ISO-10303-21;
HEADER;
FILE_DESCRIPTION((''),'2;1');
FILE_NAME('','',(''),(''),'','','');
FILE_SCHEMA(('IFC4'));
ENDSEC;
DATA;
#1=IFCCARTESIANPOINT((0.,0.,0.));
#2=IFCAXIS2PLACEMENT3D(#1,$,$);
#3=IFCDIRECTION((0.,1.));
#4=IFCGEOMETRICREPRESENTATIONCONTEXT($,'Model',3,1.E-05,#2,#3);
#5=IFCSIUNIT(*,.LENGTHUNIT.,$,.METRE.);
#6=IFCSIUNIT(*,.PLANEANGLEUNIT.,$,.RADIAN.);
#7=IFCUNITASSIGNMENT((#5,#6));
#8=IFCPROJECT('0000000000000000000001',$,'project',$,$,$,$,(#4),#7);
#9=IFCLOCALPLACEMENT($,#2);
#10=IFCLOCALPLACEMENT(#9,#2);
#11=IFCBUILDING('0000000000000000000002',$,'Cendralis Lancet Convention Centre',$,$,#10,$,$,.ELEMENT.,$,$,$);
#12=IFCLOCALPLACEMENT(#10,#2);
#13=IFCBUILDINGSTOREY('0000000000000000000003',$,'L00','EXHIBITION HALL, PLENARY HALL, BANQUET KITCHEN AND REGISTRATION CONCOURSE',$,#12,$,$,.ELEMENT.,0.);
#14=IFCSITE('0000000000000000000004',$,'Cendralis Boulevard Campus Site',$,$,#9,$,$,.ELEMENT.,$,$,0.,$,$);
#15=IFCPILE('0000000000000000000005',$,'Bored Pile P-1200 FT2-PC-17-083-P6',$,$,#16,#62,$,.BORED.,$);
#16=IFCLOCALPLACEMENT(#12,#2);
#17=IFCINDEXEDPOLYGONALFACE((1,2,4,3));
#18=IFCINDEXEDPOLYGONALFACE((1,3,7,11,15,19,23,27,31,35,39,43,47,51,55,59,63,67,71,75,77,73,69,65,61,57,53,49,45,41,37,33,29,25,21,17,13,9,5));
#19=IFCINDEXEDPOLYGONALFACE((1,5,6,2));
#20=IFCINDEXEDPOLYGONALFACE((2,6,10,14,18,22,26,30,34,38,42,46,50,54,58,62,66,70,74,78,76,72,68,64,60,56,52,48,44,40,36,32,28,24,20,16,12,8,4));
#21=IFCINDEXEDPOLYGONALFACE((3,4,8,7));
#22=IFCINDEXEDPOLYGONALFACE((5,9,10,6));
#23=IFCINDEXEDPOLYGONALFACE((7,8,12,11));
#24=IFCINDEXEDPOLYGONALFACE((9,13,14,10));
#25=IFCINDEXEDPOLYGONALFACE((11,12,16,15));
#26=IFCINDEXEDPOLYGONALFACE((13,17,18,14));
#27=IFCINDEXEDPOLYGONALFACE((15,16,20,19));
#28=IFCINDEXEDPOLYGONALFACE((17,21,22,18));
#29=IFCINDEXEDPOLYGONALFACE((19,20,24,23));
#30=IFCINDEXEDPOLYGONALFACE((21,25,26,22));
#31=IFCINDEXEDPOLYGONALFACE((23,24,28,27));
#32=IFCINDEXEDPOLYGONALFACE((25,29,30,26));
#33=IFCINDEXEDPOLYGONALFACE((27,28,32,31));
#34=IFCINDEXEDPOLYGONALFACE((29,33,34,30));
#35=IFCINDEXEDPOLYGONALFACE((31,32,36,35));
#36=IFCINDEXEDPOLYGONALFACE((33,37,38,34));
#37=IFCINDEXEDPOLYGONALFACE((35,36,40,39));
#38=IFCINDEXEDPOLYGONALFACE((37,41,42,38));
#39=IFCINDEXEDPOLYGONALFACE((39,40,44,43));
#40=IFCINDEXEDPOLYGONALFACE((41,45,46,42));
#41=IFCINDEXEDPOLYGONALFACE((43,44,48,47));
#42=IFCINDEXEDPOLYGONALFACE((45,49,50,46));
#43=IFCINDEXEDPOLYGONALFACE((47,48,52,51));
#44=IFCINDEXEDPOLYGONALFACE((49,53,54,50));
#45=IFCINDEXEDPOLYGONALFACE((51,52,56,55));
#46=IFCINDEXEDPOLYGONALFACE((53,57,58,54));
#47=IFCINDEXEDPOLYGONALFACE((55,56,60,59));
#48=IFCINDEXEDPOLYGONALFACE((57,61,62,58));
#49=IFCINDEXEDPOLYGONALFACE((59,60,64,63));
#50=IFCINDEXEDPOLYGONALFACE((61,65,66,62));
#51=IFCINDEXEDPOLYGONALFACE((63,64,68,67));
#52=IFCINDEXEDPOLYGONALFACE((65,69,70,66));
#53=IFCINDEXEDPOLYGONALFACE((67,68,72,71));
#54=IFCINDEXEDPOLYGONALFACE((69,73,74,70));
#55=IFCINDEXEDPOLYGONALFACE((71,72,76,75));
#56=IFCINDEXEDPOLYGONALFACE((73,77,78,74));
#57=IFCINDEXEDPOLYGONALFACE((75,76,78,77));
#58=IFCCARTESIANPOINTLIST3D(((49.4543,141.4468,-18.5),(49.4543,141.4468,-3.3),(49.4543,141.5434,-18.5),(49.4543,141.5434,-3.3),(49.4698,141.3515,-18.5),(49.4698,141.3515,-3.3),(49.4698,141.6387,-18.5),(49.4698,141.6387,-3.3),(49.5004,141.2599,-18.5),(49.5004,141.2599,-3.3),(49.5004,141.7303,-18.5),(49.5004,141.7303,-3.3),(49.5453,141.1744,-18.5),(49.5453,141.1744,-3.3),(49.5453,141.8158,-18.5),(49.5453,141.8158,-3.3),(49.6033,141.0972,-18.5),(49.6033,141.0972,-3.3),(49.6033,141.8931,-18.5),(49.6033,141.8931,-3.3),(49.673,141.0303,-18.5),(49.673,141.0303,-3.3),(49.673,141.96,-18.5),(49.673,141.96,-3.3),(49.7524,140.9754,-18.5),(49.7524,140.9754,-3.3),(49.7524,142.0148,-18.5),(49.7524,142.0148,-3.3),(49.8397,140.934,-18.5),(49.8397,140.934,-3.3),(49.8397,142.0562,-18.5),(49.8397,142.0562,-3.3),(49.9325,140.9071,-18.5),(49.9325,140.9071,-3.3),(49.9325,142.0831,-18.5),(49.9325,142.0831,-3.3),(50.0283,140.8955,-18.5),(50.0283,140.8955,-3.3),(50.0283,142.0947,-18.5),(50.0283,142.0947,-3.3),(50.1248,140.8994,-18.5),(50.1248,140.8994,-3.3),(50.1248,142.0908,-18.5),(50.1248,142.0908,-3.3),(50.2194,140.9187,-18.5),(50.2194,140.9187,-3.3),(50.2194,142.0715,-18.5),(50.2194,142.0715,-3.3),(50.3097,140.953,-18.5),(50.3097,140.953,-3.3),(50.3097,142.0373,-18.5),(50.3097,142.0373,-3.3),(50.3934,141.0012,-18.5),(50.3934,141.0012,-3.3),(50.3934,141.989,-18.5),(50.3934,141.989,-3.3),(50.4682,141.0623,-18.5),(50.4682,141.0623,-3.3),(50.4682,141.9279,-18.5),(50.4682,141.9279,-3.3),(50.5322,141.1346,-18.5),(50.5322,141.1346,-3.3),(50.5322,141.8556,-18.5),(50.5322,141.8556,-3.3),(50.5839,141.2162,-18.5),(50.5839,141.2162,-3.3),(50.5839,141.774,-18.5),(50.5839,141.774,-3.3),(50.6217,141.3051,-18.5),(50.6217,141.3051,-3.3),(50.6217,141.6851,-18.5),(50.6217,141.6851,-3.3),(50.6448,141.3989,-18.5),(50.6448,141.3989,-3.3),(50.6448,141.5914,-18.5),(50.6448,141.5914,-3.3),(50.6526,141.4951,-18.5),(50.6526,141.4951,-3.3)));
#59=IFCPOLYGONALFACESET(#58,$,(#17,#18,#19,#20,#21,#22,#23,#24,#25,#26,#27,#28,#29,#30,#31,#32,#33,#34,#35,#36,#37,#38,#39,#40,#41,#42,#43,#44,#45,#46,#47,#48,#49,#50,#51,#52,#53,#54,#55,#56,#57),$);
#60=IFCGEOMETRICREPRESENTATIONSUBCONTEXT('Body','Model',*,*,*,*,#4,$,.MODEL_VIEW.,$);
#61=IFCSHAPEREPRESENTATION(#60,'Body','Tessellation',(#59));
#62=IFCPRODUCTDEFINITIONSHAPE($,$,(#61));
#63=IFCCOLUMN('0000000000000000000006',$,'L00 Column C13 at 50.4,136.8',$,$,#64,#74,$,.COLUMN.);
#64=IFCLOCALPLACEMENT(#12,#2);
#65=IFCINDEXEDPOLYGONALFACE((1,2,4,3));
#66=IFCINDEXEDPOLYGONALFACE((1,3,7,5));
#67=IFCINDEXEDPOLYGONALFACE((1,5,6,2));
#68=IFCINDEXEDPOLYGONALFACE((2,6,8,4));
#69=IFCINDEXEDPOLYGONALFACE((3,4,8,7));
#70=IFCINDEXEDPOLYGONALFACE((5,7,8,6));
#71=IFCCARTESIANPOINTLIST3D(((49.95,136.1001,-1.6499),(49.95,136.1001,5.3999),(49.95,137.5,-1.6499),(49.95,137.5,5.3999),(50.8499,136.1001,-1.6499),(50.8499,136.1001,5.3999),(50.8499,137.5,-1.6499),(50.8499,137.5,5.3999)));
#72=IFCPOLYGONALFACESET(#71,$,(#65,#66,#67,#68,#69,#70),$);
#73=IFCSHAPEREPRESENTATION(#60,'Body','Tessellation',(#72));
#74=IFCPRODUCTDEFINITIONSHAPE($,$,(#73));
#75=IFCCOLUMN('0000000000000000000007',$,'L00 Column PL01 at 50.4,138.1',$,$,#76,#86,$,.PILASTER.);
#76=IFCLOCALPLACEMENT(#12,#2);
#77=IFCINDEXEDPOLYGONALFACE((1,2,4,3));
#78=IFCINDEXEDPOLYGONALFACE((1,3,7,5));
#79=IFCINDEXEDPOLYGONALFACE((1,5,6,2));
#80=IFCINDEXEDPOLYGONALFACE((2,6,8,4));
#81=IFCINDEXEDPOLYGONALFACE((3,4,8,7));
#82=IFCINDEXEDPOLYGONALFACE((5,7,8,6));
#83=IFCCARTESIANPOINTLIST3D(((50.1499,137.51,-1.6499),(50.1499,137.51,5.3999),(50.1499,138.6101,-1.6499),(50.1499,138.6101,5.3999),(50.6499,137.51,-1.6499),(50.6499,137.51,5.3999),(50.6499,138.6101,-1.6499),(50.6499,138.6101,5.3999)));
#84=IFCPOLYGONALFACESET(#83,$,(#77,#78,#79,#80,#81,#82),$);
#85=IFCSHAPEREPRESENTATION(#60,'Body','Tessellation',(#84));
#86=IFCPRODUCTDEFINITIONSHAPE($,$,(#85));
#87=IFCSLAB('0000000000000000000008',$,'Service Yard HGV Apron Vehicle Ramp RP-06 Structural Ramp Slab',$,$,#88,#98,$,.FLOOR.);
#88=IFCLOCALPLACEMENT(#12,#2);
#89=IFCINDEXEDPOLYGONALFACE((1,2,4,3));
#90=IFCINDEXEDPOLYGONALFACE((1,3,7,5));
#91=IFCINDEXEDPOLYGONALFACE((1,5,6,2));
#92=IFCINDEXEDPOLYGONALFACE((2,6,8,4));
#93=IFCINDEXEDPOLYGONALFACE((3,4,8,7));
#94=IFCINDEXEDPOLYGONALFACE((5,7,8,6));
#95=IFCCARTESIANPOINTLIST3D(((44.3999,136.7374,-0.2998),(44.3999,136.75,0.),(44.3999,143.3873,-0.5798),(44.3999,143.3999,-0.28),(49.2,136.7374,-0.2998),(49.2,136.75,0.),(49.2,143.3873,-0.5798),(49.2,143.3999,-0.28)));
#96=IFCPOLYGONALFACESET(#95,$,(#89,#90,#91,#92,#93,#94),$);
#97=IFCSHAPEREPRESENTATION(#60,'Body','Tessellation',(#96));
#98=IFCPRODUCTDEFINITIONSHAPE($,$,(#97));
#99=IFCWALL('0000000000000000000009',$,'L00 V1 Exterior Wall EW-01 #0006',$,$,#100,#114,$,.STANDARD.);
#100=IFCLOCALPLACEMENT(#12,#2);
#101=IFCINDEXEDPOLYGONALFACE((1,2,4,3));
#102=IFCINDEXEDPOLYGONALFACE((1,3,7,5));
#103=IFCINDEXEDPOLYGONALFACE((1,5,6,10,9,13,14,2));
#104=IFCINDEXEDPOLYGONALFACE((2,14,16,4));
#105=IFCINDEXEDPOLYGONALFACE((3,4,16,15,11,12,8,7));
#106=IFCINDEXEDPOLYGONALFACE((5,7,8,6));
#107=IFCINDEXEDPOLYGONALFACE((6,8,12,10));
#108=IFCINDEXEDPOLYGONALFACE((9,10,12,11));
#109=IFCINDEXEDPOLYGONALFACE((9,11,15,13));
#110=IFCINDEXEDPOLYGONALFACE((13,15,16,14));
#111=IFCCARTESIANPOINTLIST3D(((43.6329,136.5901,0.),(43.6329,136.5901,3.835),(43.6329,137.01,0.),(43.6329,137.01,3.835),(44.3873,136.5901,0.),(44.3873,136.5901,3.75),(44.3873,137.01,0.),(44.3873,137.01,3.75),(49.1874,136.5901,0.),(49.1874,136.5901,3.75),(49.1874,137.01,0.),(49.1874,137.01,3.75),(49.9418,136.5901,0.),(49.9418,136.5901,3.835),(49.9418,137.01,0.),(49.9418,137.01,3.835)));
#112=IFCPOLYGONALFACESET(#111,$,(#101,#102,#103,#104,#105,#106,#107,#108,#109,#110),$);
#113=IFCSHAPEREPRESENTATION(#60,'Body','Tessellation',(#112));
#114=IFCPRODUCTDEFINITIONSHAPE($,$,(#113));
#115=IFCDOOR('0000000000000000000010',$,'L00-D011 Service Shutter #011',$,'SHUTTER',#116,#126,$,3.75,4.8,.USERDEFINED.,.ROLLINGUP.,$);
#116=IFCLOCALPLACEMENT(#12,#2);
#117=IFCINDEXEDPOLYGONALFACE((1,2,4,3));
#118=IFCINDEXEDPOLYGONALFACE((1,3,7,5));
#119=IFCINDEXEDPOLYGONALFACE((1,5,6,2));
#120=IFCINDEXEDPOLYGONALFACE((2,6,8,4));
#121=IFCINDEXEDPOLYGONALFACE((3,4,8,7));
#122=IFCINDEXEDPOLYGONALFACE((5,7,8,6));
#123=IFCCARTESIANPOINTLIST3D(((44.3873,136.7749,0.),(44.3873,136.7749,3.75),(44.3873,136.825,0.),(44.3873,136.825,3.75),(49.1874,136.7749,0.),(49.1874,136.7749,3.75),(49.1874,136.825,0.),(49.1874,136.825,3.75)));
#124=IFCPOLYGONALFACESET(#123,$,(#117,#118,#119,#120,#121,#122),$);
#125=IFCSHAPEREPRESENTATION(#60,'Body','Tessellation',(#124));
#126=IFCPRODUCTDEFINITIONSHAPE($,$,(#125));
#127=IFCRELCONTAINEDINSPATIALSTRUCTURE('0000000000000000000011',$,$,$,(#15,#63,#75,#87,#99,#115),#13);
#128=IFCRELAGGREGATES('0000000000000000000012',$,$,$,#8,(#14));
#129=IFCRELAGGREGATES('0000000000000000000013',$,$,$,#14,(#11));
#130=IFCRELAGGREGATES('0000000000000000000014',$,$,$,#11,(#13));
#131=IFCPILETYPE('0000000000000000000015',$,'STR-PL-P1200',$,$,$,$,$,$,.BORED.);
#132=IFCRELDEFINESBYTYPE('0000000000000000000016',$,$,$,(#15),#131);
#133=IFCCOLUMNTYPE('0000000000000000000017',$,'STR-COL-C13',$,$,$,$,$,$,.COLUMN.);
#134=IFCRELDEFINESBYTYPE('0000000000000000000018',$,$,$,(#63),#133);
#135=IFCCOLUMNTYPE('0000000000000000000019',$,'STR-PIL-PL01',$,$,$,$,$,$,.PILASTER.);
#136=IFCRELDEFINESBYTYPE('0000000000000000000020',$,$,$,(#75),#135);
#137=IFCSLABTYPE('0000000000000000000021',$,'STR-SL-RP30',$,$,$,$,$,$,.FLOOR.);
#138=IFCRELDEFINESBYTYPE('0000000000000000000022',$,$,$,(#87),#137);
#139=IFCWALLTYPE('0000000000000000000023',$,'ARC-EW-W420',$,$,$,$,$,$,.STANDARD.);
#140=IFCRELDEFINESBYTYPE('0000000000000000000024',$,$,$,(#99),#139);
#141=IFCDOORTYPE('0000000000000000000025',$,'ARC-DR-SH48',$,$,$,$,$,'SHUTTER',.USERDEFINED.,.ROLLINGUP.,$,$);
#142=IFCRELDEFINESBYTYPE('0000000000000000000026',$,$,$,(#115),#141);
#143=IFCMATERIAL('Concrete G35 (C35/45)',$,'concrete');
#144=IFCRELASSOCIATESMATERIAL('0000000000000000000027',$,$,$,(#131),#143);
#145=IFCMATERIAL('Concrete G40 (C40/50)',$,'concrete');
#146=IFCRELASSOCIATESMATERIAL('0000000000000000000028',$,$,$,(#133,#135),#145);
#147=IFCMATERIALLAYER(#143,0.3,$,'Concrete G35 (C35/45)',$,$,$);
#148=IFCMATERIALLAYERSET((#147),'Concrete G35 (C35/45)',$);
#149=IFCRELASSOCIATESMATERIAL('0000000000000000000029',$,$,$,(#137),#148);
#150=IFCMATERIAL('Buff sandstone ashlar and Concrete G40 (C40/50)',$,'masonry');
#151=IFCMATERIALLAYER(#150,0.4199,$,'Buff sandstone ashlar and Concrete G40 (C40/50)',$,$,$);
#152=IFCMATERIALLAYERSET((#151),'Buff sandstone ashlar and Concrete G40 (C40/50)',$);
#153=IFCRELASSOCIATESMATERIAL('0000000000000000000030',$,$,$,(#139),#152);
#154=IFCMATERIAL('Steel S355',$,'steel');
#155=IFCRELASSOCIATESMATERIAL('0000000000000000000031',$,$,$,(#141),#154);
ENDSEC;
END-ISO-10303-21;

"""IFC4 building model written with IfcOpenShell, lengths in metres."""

from ifc_helpers import new_model, si_unit, direction, frame, frame_2d, origin, origin_2d, place, context, subcontext, project, spatial, polyline, rectangle, circle, outline, extrude, material, layer, layer_set, material_profile, profile_set, type_object, element, fill, save


model = new_model("IFC4")

# Units and contexts
model_context = context("Model", 3, precision=1e-05, world=origin(), true_north=direction((0.0, 1.0)))
body_context = subcontext(model_context, "Body", "Model", "MODEL_VIEW")
ifc_project = project(units=[si_unit("LENGTHUNIT", "METRE"), si_unit("PLANEANGLEUNIT", "RADIAN")], contexts=[model_context])

# Site, building, storey
site_placement = place(None, origin())
site = spatial("IfcSite", under=ifc_project, at=site_placement, Name="Cendralis Boulevard Campus Site", CompositionType="ELEMENT", RefElevation=0.0)
building_placement = place(site_placement, origin())
building = spatial("IfcBuilding", under=site, at=building_placement, Name="Cendralis Lancet Convention Centre", CompositionType="ELEMENT")
storey_placement = place(building_placement, origin())
storey = spatial("IfcBuildingStorey", under=building, at=storey_placement, Name="L00", Description="EXHIBITION HALL, PLENARY HALL, BANQUET KITCHEN AND REGISTRATION CONCOURSE", CompositionType="ELEMENT", Elevation=0.0)

# Shared definitions
ifc_material_1 = material(Name="Concrete G35 (C35/45)", Category="concrete")

# Pile
ifc_material_profile_1 = material_profile(ifc_material_1, circle(Radius=0.6001, at=origin_2d()), Name="BORED PILE D1200")
ifc_profile_set_1 = profile_set([ifc_material_profile_1], Name="Concrete G35 (C35/45)")
pile_type = type_object("IfcPileType", Name="STR-PL-P1200", PredefinedType="BORED", material=ifc_profile_set_1)
for number, where, z_axis, x_axis, name in (
    (1, (50.0525, 141.4951, -3.3), (0.0, 0.0, -1.0), (1.0, 0.0, 0.0), "Bored Pile P-1200 FT2-PC-17-083-P6"),
):
    element("IfcPile", number, at=place(storey_placement, frame(where, z_axis=z_axis, x_axis=x_axis)), inside=storey, type_object=pile_type, Name=name, PredefinedType="BORED", context=body_context, shape_type="SweptSolid", body=[
        extrude(circle(Radius=0.6001, at=origin_2d()), origin(), (0.0, 0.0, 1.0), 15.2),
    ])

# Columns
ifc_material_2 = material(Name="Concrete G40 (C40/50)", Category="concrete")
ifc_material_profile_2 = material_profile(ifc_material_2, rectangle(XDim=0.8999, YDim=1.3999, at=origin_2d()), Name="RC 900x1400")
ifc_profile_set_2 = profile_set([ifc_material_profile_2], Name="Concrete G40 (C40/50)")
column_type_1 = type_object("IfcColumnType", Name="STR-COL-C13", PredefinedType="COLUMN", material=ifc_profile_set_2)
column_1_placement = place(storey_placement, frame((50.3999, 136.8, -1.6499), z_axis=(0.0, 0.0, 1.0), x_axis=(1.0, 0.0, 0.0)))
element("IfcColumn", 2, at=column_1_placement, inside=storey, type_object=column_type_1, Name="L00 Column C13 at 50.4,136.8", PredefinedType="COLUMN", context=body_context, shape_type="SweptSolid", body=[
    extrude(rectangle(XDim=0.8999, YDim=1.3999, at=origin_2d()), origin(), (0.0, 0.0, 1.0), 7.0498),
])
ifc_material_profile_3 = material_profile(ifc_material_2, rectangle(XDim=0.5, YDim=1.1001, at=origin_2d()), Name="RC 500x1100")
ifc_profile_set_3 = profile_set([ifc_material_profile_3], Name="Concrete G40 (C40/50)")
column_type_2 = type_object("IfcColumnType", Name="STR-PIL-PL01", PredefinedType="PILASTER", material=ifc_profile_set_3)
column_2_placement = place(storey_placement, frame((50.3999, 138.0601, -1.6499), z_axis=(0.0, 0.0, 1.0), x_axis=(1.0, 0.0, 0.0)))
element("IfcColumn", 3, at=column_2_placement, inside=storey, type_object=column_type_2, Name="L00 Column PL01 at 50.4,138.1", PredefinedType="PILASTER", context=body_context, shape_type="SweptSolid", body=[
    extrude(rectangle(XDim=0.5, YDim=1.1001, at=origin_2d()), origin(), (0.0, 0.0, 1.0), 7.0498),
])

# Slab
ifc_layer_1 = layer(ifc_material_1, 0.3, Name="Concrete G35 (C35/45)")
ifc_layer_set_1 = layer_set([ifc_layer_1], Name="Concrete G35 (C35/45)")
slab_type = type_object("IfcSlabType", Name="STR-SL-RP30", PredefinedType="FLOOR", material=ifc_layer_set_1)
slab_placement = place(storey_placement, frame((44.3999, 143.3999, -0.28), z_axis=(0.0, 0.042073, 0.999115), x_axis=(1.0, 0.0, 0.0)))
element("IfcSlab", 4, at=slab_placement, inside=storey, type_object=slab_type, Name="Service Yard HGV Apron Vehicle Ramp RP-06 Structural Ramp Slab", PredefinedType="FLOOR", context=body_context, shape_type="SweptSolid", body=[
    extrude(outline(polyline([(0.0, 0.0), (4.8, 0.0), (4.8, -6.6558), (0.0, -6.6558), (0.0, 0.0)])), origin(), (0.0, 0.0, -1.0), 0.3),
])

# Wall, opening, door
ifc_material_3 = material(Name="Buff sandstone ashlar and Concrete G40 (C40/50)", Category="masonry")
ifc_layer_2 = layer(ifc_material_3, 0.4199, Name="Buff sandstone ashlar and Concrete G40 (C40/50)")
ifc_layer_set_2 = layer_set([ifc_layer_2], Name="Buff sandstone ashlar and Concrete G40 (C40/50)")
wall_type_1 = type_object("IfcWallType", Name="ARC-EW-W420", PredefinedType="STANDARD", material=ifc_layer_set_2)
wall_1_placement = place(storey_placement, frame((43.6331, 136.8, 0.0), z_axis=(0.0, 0.0, 1.0), x_axis=(1.0, 0.0, 0.0)))
wall_1 = element("IfcWall", 5, at=wall_1_placement, inside=storey, type_object=wall_type_1, Name="L00 V1 Exterior Wall EW-01 #0006", PredefinedType="STANDARD", context=body_context, shape_type="SweptSolid", body=[
    extrude(rectangle(XDim=6.3088, YDim=0.4199, at=frame_2d((3.1543, 0.0))), origin(), (0.0, 0.0, 1.0), 3.835),
])
opening_1_placement = place(wall_1_placement, frame((0.7544, 0.0, 0.0)))
opening_1 = element("IfcOpeningElement", 6, at=opening_1_placement, cuts=wall_1, PredefinedType="OPENING", context=body_context, shape_type="SweptSolid", body=[
    extrude(rectangle(XDim=4.8, YDim=3.75, at=frame_2d((2.3999, 1.875))), frame((0.0, 0.22, 0.0), z_axis=(0.0, -1.0, 0.0), x_axis=(1.0, 0.0, 0.0)), (0.0, 0.0, 1.0), 0.4399),
])
ifc_material_4 = material(Name="Steel S355", Category="steel")
door_type = type_object("IfcDoorType", Name="ARC-DR-SH48", ElementType="SHUTTER", OperationType="ROLLINGUP", PredefinedType="USERDEFINED", material=ifc_material_4)
door_placement = place(opening_1_placement, origin())
door = element("IfcDoor", 7, at=door_placement, inside=storey, type_object=door_type, Name="L00-D011 Service Shutter #011", ObjectType="SHUTTER", OperationType="ROLLINGUP", OverallHeight=3.75, OverallWidth=4.8, PredefinedType="USERDEFINED", context=body_context, shape_type="SweptSolid", body=[
    extrude(rectangle(XDim=4.8, YDim=3.75, at=frame_2d((2.3999, 1.875))), frame((0.0, 0.0249, 0.0), z_axis=(0.0, -1.0, 0.0), x_axis=(1.0, 0.0, 0.0)), (0.0, 0.0, 1.0), 0.05),
])
fill(opening_1, door)

save(model, "model.ifc")
